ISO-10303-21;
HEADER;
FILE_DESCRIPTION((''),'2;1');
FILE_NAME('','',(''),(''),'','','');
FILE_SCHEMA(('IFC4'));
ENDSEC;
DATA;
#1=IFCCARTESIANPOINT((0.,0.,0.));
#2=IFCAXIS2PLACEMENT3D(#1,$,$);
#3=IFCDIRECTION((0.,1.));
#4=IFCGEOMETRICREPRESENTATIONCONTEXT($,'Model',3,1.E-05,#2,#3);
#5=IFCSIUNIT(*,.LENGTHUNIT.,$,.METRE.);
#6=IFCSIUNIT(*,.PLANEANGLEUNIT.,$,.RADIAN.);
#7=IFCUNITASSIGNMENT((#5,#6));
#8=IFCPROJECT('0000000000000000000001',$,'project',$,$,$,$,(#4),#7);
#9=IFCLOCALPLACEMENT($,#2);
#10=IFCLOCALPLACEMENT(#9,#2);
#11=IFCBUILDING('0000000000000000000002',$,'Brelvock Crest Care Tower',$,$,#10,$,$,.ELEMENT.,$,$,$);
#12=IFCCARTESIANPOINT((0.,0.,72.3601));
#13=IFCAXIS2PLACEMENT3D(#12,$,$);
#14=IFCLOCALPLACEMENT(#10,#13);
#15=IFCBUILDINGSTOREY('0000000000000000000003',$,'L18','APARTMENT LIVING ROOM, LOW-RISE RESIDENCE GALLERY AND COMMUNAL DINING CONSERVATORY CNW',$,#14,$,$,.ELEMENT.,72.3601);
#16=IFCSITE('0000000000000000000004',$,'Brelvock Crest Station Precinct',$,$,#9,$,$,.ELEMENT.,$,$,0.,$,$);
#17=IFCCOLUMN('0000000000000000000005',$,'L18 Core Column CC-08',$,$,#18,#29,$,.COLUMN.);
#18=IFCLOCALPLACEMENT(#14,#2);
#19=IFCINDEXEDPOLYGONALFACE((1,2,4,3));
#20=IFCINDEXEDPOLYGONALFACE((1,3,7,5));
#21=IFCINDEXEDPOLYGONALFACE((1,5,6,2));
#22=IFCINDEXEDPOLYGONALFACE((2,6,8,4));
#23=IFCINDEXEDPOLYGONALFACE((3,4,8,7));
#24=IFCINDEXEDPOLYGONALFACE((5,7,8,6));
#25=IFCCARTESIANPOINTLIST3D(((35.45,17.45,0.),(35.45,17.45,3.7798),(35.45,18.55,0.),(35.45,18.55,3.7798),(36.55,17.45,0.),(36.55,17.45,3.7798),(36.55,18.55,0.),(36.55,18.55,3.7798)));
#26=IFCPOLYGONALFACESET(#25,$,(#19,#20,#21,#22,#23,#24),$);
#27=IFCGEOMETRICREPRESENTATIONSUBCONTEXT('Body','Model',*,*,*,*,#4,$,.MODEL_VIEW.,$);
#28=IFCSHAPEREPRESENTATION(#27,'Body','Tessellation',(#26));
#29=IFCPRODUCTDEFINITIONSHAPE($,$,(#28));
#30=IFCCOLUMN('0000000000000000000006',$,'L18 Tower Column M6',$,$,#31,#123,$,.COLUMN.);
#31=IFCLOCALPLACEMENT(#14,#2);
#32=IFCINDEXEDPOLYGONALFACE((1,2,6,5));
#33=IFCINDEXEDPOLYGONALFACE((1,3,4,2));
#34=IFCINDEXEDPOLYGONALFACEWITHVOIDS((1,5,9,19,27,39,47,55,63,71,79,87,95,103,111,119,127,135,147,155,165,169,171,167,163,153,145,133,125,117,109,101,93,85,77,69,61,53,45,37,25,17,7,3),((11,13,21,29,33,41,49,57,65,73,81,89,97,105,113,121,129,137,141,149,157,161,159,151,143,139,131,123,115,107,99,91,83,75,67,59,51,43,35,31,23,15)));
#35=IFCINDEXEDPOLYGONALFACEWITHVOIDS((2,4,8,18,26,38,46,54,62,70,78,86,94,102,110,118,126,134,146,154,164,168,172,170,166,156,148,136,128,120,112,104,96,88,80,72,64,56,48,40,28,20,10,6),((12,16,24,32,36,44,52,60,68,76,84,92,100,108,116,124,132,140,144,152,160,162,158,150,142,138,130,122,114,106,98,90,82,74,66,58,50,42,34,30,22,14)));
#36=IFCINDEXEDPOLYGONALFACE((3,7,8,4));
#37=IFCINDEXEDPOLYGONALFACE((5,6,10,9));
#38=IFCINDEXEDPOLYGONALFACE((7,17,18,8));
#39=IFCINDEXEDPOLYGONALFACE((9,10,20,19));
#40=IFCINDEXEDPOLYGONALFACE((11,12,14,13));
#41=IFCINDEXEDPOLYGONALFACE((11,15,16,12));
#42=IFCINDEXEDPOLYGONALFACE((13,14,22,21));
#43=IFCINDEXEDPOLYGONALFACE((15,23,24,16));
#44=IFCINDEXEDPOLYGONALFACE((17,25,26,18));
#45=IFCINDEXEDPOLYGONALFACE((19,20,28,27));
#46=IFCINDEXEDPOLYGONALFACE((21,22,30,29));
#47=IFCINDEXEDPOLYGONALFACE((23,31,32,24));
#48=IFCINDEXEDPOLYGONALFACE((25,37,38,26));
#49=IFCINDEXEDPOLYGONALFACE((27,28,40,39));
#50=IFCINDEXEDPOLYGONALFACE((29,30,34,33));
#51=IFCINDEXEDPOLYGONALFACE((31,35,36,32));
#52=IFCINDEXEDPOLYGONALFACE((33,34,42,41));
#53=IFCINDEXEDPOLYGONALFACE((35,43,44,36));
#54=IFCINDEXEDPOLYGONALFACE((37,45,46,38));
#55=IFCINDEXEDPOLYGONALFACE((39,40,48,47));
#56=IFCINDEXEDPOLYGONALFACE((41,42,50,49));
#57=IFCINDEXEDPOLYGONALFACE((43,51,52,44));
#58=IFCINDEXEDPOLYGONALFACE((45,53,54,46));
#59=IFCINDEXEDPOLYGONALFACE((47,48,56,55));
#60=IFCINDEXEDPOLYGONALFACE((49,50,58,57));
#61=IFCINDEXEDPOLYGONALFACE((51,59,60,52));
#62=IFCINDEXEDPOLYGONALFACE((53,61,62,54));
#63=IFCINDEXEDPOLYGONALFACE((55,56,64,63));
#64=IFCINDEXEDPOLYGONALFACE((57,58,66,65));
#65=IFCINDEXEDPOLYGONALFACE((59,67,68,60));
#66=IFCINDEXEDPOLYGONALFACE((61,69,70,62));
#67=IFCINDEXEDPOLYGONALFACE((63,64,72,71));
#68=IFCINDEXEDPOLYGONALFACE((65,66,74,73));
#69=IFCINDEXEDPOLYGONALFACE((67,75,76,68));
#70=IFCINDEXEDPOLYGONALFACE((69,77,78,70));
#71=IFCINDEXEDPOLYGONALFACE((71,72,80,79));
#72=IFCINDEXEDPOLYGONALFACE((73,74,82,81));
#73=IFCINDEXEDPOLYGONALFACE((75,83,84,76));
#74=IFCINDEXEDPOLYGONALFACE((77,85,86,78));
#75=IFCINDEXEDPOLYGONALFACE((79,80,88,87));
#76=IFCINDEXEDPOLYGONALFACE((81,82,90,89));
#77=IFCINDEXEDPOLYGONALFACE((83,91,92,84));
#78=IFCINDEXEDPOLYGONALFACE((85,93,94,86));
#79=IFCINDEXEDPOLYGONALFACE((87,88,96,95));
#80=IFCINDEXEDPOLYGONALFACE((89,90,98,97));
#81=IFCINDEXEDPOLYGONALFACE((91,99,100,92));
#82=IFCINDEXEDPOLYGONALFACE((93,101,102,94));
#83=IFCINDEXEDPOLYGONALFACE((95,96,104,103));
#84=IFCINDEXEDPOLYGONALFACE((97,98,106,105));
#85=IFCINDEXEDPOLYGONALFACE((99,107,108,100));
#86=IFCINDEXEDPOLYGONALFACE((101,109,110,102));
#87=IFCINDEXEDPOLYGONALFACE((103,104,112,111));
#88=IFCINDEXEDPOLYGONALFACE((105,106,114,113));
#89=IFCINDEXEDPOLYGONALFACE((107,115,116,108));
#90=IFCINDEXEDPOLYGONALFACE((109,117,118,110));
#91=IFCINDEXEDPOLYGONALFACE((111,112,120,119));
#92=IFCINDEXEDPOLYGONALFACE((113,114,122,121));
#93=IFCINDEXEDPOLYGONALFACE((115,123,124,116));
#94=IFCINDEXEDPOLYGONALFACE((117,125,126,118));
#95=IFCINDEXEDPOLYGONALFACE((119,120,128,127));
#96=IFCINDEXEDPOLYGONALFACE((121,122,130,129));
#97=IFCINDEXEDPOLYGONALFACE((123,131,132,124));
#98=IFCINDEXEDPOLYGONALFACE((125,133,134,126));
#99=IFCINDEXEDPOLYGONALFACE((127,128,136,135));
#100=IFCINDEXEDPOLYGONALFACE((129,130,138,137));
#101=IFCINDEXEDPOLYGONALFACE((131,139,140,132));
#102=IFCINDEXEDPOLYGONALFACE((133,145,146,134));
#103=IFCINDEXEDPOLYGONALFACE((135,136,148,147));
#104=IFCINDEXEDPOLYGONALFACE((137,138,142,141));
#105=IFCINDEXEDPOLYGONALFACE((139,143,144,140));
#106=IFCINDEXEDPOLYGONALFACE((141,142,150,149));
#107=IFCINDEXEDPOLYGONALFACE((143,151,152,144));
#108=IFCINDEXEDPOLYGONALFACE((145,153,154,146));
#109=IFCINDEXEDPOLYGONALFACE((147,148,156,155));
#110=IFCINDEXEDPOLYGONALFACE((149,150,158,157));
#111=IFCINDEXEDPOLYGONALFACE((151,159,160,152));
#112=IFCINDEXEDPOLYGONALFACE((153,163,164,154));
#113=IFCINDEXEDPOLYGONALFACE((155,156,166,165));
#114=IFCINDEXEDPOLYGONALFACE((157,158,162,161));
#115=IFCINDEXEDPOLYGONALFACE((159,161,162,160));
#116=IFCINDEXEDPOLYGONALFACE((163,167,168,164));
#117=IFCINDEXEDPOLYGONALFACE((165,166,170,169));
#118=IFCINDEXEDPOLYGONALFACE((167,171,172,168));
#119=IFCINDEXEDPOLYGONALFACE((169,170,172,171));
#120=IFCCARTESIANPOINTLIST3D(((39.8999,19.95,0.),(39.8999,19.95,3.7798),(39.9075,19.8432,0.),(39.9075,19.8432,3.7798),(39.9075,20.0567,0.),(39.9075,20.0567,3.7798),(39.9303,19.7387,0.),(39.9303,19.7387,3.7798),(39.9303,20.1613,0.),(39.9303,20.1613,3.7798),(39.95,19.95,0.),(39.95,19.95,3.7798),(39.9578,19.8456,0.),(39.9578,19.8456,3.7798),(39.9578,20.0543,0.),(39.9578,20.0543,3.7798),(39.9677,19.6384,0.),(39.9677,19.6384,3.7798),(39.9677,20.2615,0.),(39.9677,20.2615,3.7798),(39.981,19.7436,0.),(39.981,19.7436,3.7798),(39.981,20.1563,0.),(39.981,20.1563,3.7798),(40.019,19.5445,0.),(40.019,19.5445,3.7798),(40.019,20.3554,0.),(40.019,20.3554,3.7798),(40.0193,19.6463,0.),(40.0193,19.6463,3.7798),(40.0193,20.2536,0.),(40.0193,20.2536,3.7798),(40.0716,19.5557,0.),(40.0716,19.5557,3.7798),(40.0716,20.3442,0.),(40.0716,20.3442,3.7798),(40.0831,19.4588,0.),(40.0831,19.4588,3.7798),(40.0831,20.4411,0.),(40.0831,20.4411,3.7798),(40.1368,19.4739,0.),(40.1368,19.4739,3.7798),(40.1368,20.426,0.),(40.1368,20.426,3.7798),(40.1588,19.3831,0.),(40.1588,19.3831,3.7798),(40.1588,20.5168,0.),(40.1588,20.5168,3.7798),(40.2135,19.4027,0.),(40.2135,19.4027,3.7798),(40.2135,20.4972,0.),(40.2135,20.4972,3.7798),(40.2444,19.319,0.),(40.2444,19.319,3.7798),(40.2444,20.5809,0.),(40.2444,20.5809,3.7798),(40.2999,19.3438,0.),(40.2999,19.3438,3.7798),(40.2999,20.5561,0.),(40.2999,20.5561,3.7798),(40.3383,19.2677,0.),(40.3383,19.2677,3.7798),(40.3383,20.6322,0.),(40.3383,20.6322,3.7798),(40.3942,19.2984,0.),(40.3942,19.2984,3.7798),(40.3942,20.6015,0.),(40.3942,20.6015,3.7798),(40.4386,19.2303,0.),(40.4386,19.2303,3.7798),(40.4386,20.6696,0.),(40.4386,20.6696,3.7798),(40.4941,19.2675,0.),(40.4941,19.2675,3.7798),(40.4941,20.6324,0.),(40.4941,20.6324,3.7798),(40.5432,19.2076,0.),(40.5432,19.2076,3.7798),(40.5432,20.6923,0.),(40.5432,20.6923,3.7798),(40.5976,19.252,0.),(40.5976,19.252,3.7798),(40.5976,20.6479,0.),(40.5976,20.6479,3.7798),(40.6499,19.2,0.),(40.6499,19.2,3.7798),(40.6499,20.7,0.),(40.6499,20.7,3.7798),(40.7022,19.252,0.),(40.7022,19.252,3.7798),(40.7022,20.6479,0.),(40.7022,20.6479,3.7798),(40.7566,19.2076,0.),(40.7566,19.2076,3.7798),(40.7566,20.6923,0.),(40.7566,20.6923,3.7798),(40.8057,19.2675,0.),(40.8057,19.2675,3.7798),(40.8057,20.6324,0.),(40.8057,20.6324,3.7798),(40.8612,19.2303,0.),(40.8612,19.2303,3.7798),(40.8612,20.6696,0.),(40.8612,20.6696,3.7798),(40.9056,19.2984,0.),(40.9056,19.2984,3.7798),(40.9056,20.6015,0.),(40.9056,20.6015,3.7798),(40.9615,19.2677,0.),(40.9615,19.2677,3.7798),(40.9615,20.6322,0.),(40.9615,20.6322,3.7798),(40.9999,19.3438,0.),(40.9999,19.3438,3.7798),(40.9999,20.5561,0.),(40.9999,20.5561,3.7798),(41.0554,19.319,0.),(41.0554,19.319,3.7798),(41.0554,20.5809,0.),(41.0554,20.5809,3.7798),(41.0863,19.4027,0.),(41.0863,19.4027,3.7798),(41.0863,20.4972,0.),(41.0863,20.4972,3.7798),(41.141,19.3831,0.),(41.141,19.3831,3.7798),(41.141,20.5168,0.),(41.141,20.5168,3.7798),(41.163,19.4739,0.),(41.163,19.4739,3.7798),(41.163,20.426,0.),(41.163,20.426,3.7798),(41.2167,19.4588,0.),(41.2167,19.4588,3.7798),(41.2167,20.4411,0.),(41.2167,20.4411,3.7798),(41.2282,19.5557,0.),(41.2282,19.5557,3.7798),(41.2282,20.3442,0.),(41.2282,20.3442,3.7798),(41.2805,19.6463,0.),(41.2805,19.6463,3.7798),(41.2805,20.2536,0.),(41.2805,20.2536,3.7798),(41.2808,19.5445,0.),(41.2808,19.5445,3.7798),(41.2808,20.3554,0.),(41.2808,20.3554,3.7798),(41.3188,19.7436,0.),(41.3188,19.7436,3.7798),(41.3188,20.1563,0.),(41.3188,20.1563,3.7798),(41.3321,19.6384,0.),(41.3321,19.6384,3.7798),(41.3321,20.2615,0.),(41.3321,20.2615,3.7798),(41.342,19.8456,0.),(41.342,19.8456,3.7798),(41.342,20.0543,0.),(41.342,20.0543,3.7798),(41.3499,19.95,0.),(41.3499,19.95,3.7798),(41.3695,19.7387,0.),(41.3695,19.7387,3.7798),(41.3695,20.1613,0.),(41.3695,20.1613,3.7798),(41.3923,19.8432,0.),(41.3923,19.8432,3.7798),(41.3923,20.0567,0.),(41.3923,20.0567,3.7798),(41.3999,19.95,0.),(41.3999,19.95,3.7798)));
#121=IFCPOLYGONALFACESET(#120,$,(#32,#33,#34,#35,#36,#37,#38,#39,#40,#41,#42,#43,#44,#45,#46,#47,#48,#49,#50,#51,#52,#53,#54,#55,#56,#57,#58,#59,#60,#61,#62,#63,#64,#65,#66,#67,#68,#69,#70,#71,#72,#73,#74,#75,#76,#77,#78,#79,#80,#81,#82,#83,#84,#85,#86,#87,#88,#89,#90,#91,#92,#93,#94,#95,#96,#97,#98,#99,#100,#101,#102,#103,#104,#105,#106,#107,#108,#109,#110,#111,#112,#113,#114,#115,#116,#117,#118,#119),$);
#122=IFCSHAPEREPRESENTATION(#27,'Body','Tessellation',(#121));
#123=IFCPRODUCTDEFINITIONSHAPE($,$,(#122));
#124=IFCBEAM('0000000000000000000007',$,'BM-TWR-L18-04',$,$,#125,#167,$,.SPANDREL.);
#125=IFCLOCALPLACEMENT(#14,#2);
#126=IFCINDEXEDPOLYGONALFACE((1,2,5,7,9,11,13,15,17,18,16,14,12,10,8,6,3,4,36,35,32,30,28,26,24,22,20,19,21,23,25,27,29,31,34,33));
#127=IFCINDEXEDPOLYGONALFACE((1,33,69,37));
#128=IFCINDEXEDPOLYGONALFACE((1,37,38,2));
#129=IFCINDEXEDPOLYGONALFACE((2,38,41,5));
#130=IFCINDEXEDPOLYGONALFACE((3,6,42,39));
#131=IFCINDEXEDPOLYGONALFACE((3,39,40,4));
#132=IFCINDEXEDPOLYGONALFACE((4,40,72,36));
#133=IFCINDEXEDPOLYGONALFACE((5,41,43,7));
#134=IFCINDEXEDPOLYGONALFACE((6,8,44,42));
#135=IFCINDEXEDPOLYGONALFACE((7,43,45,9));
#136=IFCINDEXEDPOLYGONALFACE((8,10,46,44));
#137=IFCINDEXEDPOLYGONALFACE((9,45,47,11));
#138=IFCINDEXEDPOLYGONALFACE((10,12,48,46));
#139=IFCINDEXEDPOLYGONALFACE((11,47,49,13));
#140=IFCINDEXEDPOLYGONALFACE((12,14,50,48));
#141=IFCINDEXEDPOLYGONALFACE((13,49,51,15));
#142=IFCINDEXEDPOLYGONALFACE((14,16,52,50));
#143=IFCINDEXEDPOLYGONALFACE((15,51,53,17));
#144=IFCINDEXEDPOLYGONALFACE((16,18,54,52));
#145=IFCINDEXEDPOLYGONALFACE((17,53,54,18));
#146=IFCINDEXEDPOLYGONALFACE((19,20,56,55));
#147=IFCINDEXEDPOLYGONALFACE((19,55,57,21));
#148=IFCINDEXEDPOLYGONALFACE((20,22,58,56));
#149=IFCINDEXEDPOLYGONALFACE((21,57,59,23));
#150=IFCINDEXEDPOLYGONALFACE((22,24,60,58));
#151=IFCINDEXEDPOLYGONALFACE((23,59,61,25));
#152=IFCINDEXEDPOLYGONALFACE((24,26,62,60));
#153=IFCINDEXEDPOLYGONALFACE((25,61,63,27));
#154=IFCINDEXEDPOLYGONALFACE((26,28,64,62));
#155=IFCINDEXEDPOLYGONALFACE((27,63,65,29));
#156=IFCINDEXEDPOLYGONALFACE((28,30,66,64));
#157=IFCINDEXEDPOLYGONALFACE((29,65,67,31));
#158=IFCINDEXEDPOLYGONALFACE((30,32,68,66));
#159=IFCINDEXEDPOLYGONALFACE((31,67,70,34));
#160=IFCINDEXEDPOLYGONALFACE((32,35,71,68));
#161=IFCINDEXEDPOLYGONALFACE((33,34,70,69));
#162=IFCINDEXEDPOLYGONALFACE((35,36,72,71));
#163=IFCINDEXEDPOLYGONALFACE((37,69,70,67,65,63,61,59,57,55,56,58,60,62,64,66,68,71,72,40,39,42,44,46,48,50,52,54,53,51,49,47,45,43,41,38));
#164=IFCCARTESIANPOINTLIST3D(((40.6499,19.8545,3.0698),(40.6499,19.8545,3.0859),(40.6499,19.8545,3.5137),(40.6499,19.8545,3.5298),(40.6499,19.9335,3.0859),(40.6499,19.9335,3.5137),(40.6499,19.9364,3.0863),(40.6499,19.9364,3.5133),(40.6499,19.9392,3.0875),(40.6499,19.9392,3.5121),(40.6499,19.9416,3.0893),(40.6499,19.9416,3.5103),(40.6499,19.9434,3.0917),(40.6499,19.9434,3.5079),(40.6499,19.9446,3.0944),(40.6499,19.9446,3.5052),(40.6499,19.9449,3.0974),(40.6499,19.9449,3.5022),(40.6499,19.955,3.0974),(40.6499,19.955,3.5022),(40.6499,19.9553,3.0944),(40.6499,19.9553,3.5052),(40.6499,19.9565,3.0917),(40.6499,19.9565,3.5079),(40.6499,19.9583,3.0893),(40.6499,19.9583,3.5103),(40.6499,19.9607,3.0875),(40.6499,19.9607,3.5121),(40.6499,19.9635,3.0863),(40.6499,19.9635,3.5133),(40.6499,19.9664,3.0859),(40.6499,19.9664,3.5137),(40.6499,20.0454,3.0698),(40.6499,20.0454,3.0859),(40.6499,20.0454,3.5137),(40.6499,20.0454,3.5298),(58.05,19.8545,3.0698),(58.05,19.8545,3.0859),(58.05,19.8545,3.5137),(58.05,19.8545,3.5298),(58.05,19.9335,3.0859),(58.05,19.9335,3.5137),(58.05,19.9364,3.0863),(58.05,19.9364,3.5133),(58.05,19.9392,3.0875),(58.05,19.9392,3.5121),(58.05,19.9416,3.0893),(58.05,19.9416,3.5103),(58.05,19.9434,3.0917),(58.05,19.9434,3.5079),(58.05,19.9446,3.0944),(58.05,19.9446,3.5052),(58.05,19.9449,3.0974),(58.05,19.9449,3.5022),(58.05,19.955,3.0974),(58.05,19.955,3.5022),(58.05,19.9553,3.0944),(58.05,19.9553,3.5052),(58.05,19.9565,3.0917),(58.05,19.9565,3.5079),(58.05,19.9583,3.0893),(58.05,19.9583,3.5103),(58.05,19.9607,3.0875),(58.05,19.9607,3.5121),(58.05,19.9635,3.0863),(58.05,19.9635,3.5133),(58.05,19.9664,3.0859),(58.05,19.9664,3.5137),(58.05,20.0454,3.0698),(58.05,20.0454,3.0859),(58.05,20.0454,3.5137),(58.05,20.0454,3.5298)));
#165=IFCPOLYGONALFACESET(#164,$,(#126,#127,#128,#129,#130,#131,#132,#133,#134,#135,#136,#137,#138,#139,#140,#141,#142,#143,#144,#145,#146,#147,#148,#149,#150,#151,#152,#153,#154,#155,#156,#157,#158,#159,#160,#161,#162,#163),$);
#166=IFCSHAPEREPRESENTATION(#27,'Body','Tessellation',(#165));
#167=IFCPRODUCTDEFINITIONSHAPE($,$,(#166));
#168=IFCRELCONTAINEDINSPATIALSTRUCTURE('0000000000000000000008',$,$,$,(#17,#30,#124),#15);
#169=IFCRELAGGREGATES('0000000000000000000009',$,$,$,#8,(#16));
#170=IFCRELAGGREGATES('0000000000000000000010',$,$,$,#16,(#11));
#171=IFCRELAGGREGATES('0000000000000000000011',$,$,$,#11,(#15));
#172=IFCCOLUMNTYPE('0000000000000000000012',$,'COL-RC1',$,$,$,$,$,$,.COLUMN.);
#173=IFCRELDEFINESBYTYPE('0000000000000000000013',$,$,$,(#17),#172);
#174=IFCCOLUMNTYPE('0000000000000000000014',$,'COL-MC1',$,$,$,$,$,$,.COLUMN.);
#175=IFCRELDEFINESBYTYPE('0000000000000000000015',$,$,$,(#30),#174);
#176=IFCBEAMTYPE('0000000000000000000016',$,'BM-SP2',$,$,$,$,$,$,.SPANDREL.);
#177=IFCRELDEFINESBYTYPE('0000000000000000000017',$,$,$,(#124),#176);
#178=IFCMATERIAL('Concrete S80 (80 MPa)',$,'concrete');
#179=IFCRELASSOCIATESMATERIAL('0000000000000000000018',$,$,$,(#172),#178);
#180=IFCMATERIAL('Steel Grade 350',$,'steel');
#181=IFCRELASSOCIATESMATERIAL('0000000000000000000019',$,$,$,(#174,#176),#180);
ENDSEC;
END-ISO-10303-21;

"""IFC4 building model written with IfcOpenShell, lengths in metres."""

from ifc_helpers import new_model, si_unit, direction, frame, origin, origin_2d, place, context, subcontext, project, spatial, rectangle, hollow_circle, i_section, extrude, source, transform, mapped, material, material_profile, profile_set, type_object, element, save


model = new_model("IFC4")

# Units and contexts
model_context = context("Model", 3, precision=1e-05, world=origin(), true_north=direction((0.0, 1.0)))
body_context = subcontext(model_context, "Body", "Model", "MODEL_VIEW")
ifc_project = project(units=[si_unit("LENGTHUNIT", "METRE"), si_unit("PLANEANGLEUNIT", "RADIAN")], contexts=[model_context])

# Site, building, storey
site_placement = place(None, origin())
site = spatial("IfcSite", under=ifc_project, at=site_placement, Name="Brelvock Crest Station Precinct", CompositionType="ELEMENT", RefElevation=0.0)
building_placement = place(site_placement, origin())
building = spatial("IfcBuilding", under=site, at=building_placement, Name="Brelvock Crest Care Tower", CompositionType="ELEMENT")
storey_placement = place(building_placement, frame((0.0, 0.0, 72.3601)))
storey = spatial("IfcBuildingStorey", under=building, at=storey_placement, Name="L18", Description="APARTMENT LIVING ROOM, LOW-RISE RESIDENCE GALLERY AND COMMUNAL DINING CONSERVATORY CNW", CompositionType="ELEMENT", Elevation=72.3601)

# Columns
ifc_material_1 = material(Name="Concrete S80 (80 MPa)", Category="concrete")
ifc_material_profile_1 = material_profile(ifc_material_1, rectangle(XDim=1.1001, YDim=1.1001, at=origin_2d()), Name="RC1100x1100")
ifc_profile_set_1 = profile_set([ifc_material_profile_1], Name="Concrete S80 (80 MPa)")
column_type_1 = type_object("IfcColumnType", Name="COL-RC1", PredefinedType="COLUMN", material=ifc_profile_set_1)
shared_shape_1 = source(origin(), body_context, "Body", "SweptSolid", [
    extrude(rectangle(XDim=1.1001, YDim=1.1001, at=origin_2d()), origin(), (0.0, 0.0, 1.0), 3.7798),
])
column_1_placement = place(storey_placement, frame((36.0, 18.0, 0.0), z_axis=(0.0, 0.0, 1.0), x_axis=(1.0, 0.0, 0.0)))
element("IfcColumn", 1, at=column_1_placement, inside=storey, type_object=column_type_1, Name="L18 Core Column CC-08", PredefinedType="COLUMN", context=body_context, shape_type="MappedRepresentation", body=[
    mapped(shared_shape_1, transform((0.0, 0.0, 0.0), x_axis=(1.0, 0.0, 0.0), y_axis=(0.0, 1.0, 0.0), z_axis=(0.0, 0.0, 1.0), scale=1.0)),
])
ifc_material_2 = material(Name="Steel Grade 350", Category="steel")
ifc_material_profile_2 = material_profile(ifc_material_2, hollow_circle(Radius=0.75, WallThickness=0.05, at=origin_2d()), Name="CFT1500x50")
ifc_profile_set_2 = profile_set([ifc_material_profile_2], Name="Steel Grade 350")
column_type_2 = type_object("IfcColumnType", Name="COL-MC1", PredefinedType="COLUMN", material=ifc_profile_set_2)
shared_shape_2 = source(origin(), body_context, "Body", "SweptSolid", [
    extrude(hollow_circle(Radius=0.75, WallThickness=0.05, at=origin_2d()), origin(), (0.0, 0.0, 1.0), 3.7798),
])
column_2_placement = place(storey_placement, frame((40.6499, 19.95, 0.0), z_axis=(0.0, 0.0, 1.0), x_axis=(1.0, 0.0, 0.0)))
element("IfcColumn", 2, at=column_2_placement, inside=storey, type_object=column_type_2, Name="L18 Tower Column M6", PredefinedType="COLUMN", context=body_context, shape_type="MappedRepresentation", body=[
    mapped(shared_shape_2, transform((0.0, 0.0, 0.0), x_axis=(1.0, 0.0, 0.0), y_axis=(0.0, 1.0, 0.0), z_axis=(0.0, 0.0, 1.0), scale=1.0)),
])

# Beam
ifc_material_profile_3 = material_profile(ifc_material_2, i_section(OverallWidth=0.1909, OverallDepth=0.46, WebThickness=0.01, FlangeThickness=0.0161, FilletRadius=0.0115, at=origin_2d()), Name="460UB82.1")
ifc_profile_set_3 = profile_set([ifc_material_profile_3], Name="Steel Grade 350")
beam_type = type_object("IfcBeamType", Name="BM-SP2", PredefinedType="SPANDREL", material=ifc_profile_set_3)
shared_shape_3 = source(origin(), body_context, "Body", "SweptSolid", [
    extrude(i_section(OverallWidth=0.1909, OverallDepth=0.46, WebThickness=0.01, FlangeThickness=0.0161, FilletRadius=0.0115, at=origin_2d()), origin(), (0.0, 0.0, 1.0), 17.4001),
])
beam_placement = place(storey_placement, frame((40.6499, 19.95, 3.2998), z_axis=(1.0, 0.0, 0.0), x_axis=(0.0, 1.0, 0.0)))
element("IfcBeam", 3, at=beam_placement, inside=storey, type_object=beam_type, Name="BM-TWR-L18-04", PredefinedType="SPANDREL", context=body_context, shape_type="MappedRepresentation", body=[
    mapped(shared_shape_3, transform((0.0, 0.0, 0.0), x_axis=(1.0, 0.0, 0.0), y_axis=(0.0, 1.0, 0.0), z_axis=(0.0, 0.0, 1.0), scale=1.0)),
])

save(model, "model.ifc")
